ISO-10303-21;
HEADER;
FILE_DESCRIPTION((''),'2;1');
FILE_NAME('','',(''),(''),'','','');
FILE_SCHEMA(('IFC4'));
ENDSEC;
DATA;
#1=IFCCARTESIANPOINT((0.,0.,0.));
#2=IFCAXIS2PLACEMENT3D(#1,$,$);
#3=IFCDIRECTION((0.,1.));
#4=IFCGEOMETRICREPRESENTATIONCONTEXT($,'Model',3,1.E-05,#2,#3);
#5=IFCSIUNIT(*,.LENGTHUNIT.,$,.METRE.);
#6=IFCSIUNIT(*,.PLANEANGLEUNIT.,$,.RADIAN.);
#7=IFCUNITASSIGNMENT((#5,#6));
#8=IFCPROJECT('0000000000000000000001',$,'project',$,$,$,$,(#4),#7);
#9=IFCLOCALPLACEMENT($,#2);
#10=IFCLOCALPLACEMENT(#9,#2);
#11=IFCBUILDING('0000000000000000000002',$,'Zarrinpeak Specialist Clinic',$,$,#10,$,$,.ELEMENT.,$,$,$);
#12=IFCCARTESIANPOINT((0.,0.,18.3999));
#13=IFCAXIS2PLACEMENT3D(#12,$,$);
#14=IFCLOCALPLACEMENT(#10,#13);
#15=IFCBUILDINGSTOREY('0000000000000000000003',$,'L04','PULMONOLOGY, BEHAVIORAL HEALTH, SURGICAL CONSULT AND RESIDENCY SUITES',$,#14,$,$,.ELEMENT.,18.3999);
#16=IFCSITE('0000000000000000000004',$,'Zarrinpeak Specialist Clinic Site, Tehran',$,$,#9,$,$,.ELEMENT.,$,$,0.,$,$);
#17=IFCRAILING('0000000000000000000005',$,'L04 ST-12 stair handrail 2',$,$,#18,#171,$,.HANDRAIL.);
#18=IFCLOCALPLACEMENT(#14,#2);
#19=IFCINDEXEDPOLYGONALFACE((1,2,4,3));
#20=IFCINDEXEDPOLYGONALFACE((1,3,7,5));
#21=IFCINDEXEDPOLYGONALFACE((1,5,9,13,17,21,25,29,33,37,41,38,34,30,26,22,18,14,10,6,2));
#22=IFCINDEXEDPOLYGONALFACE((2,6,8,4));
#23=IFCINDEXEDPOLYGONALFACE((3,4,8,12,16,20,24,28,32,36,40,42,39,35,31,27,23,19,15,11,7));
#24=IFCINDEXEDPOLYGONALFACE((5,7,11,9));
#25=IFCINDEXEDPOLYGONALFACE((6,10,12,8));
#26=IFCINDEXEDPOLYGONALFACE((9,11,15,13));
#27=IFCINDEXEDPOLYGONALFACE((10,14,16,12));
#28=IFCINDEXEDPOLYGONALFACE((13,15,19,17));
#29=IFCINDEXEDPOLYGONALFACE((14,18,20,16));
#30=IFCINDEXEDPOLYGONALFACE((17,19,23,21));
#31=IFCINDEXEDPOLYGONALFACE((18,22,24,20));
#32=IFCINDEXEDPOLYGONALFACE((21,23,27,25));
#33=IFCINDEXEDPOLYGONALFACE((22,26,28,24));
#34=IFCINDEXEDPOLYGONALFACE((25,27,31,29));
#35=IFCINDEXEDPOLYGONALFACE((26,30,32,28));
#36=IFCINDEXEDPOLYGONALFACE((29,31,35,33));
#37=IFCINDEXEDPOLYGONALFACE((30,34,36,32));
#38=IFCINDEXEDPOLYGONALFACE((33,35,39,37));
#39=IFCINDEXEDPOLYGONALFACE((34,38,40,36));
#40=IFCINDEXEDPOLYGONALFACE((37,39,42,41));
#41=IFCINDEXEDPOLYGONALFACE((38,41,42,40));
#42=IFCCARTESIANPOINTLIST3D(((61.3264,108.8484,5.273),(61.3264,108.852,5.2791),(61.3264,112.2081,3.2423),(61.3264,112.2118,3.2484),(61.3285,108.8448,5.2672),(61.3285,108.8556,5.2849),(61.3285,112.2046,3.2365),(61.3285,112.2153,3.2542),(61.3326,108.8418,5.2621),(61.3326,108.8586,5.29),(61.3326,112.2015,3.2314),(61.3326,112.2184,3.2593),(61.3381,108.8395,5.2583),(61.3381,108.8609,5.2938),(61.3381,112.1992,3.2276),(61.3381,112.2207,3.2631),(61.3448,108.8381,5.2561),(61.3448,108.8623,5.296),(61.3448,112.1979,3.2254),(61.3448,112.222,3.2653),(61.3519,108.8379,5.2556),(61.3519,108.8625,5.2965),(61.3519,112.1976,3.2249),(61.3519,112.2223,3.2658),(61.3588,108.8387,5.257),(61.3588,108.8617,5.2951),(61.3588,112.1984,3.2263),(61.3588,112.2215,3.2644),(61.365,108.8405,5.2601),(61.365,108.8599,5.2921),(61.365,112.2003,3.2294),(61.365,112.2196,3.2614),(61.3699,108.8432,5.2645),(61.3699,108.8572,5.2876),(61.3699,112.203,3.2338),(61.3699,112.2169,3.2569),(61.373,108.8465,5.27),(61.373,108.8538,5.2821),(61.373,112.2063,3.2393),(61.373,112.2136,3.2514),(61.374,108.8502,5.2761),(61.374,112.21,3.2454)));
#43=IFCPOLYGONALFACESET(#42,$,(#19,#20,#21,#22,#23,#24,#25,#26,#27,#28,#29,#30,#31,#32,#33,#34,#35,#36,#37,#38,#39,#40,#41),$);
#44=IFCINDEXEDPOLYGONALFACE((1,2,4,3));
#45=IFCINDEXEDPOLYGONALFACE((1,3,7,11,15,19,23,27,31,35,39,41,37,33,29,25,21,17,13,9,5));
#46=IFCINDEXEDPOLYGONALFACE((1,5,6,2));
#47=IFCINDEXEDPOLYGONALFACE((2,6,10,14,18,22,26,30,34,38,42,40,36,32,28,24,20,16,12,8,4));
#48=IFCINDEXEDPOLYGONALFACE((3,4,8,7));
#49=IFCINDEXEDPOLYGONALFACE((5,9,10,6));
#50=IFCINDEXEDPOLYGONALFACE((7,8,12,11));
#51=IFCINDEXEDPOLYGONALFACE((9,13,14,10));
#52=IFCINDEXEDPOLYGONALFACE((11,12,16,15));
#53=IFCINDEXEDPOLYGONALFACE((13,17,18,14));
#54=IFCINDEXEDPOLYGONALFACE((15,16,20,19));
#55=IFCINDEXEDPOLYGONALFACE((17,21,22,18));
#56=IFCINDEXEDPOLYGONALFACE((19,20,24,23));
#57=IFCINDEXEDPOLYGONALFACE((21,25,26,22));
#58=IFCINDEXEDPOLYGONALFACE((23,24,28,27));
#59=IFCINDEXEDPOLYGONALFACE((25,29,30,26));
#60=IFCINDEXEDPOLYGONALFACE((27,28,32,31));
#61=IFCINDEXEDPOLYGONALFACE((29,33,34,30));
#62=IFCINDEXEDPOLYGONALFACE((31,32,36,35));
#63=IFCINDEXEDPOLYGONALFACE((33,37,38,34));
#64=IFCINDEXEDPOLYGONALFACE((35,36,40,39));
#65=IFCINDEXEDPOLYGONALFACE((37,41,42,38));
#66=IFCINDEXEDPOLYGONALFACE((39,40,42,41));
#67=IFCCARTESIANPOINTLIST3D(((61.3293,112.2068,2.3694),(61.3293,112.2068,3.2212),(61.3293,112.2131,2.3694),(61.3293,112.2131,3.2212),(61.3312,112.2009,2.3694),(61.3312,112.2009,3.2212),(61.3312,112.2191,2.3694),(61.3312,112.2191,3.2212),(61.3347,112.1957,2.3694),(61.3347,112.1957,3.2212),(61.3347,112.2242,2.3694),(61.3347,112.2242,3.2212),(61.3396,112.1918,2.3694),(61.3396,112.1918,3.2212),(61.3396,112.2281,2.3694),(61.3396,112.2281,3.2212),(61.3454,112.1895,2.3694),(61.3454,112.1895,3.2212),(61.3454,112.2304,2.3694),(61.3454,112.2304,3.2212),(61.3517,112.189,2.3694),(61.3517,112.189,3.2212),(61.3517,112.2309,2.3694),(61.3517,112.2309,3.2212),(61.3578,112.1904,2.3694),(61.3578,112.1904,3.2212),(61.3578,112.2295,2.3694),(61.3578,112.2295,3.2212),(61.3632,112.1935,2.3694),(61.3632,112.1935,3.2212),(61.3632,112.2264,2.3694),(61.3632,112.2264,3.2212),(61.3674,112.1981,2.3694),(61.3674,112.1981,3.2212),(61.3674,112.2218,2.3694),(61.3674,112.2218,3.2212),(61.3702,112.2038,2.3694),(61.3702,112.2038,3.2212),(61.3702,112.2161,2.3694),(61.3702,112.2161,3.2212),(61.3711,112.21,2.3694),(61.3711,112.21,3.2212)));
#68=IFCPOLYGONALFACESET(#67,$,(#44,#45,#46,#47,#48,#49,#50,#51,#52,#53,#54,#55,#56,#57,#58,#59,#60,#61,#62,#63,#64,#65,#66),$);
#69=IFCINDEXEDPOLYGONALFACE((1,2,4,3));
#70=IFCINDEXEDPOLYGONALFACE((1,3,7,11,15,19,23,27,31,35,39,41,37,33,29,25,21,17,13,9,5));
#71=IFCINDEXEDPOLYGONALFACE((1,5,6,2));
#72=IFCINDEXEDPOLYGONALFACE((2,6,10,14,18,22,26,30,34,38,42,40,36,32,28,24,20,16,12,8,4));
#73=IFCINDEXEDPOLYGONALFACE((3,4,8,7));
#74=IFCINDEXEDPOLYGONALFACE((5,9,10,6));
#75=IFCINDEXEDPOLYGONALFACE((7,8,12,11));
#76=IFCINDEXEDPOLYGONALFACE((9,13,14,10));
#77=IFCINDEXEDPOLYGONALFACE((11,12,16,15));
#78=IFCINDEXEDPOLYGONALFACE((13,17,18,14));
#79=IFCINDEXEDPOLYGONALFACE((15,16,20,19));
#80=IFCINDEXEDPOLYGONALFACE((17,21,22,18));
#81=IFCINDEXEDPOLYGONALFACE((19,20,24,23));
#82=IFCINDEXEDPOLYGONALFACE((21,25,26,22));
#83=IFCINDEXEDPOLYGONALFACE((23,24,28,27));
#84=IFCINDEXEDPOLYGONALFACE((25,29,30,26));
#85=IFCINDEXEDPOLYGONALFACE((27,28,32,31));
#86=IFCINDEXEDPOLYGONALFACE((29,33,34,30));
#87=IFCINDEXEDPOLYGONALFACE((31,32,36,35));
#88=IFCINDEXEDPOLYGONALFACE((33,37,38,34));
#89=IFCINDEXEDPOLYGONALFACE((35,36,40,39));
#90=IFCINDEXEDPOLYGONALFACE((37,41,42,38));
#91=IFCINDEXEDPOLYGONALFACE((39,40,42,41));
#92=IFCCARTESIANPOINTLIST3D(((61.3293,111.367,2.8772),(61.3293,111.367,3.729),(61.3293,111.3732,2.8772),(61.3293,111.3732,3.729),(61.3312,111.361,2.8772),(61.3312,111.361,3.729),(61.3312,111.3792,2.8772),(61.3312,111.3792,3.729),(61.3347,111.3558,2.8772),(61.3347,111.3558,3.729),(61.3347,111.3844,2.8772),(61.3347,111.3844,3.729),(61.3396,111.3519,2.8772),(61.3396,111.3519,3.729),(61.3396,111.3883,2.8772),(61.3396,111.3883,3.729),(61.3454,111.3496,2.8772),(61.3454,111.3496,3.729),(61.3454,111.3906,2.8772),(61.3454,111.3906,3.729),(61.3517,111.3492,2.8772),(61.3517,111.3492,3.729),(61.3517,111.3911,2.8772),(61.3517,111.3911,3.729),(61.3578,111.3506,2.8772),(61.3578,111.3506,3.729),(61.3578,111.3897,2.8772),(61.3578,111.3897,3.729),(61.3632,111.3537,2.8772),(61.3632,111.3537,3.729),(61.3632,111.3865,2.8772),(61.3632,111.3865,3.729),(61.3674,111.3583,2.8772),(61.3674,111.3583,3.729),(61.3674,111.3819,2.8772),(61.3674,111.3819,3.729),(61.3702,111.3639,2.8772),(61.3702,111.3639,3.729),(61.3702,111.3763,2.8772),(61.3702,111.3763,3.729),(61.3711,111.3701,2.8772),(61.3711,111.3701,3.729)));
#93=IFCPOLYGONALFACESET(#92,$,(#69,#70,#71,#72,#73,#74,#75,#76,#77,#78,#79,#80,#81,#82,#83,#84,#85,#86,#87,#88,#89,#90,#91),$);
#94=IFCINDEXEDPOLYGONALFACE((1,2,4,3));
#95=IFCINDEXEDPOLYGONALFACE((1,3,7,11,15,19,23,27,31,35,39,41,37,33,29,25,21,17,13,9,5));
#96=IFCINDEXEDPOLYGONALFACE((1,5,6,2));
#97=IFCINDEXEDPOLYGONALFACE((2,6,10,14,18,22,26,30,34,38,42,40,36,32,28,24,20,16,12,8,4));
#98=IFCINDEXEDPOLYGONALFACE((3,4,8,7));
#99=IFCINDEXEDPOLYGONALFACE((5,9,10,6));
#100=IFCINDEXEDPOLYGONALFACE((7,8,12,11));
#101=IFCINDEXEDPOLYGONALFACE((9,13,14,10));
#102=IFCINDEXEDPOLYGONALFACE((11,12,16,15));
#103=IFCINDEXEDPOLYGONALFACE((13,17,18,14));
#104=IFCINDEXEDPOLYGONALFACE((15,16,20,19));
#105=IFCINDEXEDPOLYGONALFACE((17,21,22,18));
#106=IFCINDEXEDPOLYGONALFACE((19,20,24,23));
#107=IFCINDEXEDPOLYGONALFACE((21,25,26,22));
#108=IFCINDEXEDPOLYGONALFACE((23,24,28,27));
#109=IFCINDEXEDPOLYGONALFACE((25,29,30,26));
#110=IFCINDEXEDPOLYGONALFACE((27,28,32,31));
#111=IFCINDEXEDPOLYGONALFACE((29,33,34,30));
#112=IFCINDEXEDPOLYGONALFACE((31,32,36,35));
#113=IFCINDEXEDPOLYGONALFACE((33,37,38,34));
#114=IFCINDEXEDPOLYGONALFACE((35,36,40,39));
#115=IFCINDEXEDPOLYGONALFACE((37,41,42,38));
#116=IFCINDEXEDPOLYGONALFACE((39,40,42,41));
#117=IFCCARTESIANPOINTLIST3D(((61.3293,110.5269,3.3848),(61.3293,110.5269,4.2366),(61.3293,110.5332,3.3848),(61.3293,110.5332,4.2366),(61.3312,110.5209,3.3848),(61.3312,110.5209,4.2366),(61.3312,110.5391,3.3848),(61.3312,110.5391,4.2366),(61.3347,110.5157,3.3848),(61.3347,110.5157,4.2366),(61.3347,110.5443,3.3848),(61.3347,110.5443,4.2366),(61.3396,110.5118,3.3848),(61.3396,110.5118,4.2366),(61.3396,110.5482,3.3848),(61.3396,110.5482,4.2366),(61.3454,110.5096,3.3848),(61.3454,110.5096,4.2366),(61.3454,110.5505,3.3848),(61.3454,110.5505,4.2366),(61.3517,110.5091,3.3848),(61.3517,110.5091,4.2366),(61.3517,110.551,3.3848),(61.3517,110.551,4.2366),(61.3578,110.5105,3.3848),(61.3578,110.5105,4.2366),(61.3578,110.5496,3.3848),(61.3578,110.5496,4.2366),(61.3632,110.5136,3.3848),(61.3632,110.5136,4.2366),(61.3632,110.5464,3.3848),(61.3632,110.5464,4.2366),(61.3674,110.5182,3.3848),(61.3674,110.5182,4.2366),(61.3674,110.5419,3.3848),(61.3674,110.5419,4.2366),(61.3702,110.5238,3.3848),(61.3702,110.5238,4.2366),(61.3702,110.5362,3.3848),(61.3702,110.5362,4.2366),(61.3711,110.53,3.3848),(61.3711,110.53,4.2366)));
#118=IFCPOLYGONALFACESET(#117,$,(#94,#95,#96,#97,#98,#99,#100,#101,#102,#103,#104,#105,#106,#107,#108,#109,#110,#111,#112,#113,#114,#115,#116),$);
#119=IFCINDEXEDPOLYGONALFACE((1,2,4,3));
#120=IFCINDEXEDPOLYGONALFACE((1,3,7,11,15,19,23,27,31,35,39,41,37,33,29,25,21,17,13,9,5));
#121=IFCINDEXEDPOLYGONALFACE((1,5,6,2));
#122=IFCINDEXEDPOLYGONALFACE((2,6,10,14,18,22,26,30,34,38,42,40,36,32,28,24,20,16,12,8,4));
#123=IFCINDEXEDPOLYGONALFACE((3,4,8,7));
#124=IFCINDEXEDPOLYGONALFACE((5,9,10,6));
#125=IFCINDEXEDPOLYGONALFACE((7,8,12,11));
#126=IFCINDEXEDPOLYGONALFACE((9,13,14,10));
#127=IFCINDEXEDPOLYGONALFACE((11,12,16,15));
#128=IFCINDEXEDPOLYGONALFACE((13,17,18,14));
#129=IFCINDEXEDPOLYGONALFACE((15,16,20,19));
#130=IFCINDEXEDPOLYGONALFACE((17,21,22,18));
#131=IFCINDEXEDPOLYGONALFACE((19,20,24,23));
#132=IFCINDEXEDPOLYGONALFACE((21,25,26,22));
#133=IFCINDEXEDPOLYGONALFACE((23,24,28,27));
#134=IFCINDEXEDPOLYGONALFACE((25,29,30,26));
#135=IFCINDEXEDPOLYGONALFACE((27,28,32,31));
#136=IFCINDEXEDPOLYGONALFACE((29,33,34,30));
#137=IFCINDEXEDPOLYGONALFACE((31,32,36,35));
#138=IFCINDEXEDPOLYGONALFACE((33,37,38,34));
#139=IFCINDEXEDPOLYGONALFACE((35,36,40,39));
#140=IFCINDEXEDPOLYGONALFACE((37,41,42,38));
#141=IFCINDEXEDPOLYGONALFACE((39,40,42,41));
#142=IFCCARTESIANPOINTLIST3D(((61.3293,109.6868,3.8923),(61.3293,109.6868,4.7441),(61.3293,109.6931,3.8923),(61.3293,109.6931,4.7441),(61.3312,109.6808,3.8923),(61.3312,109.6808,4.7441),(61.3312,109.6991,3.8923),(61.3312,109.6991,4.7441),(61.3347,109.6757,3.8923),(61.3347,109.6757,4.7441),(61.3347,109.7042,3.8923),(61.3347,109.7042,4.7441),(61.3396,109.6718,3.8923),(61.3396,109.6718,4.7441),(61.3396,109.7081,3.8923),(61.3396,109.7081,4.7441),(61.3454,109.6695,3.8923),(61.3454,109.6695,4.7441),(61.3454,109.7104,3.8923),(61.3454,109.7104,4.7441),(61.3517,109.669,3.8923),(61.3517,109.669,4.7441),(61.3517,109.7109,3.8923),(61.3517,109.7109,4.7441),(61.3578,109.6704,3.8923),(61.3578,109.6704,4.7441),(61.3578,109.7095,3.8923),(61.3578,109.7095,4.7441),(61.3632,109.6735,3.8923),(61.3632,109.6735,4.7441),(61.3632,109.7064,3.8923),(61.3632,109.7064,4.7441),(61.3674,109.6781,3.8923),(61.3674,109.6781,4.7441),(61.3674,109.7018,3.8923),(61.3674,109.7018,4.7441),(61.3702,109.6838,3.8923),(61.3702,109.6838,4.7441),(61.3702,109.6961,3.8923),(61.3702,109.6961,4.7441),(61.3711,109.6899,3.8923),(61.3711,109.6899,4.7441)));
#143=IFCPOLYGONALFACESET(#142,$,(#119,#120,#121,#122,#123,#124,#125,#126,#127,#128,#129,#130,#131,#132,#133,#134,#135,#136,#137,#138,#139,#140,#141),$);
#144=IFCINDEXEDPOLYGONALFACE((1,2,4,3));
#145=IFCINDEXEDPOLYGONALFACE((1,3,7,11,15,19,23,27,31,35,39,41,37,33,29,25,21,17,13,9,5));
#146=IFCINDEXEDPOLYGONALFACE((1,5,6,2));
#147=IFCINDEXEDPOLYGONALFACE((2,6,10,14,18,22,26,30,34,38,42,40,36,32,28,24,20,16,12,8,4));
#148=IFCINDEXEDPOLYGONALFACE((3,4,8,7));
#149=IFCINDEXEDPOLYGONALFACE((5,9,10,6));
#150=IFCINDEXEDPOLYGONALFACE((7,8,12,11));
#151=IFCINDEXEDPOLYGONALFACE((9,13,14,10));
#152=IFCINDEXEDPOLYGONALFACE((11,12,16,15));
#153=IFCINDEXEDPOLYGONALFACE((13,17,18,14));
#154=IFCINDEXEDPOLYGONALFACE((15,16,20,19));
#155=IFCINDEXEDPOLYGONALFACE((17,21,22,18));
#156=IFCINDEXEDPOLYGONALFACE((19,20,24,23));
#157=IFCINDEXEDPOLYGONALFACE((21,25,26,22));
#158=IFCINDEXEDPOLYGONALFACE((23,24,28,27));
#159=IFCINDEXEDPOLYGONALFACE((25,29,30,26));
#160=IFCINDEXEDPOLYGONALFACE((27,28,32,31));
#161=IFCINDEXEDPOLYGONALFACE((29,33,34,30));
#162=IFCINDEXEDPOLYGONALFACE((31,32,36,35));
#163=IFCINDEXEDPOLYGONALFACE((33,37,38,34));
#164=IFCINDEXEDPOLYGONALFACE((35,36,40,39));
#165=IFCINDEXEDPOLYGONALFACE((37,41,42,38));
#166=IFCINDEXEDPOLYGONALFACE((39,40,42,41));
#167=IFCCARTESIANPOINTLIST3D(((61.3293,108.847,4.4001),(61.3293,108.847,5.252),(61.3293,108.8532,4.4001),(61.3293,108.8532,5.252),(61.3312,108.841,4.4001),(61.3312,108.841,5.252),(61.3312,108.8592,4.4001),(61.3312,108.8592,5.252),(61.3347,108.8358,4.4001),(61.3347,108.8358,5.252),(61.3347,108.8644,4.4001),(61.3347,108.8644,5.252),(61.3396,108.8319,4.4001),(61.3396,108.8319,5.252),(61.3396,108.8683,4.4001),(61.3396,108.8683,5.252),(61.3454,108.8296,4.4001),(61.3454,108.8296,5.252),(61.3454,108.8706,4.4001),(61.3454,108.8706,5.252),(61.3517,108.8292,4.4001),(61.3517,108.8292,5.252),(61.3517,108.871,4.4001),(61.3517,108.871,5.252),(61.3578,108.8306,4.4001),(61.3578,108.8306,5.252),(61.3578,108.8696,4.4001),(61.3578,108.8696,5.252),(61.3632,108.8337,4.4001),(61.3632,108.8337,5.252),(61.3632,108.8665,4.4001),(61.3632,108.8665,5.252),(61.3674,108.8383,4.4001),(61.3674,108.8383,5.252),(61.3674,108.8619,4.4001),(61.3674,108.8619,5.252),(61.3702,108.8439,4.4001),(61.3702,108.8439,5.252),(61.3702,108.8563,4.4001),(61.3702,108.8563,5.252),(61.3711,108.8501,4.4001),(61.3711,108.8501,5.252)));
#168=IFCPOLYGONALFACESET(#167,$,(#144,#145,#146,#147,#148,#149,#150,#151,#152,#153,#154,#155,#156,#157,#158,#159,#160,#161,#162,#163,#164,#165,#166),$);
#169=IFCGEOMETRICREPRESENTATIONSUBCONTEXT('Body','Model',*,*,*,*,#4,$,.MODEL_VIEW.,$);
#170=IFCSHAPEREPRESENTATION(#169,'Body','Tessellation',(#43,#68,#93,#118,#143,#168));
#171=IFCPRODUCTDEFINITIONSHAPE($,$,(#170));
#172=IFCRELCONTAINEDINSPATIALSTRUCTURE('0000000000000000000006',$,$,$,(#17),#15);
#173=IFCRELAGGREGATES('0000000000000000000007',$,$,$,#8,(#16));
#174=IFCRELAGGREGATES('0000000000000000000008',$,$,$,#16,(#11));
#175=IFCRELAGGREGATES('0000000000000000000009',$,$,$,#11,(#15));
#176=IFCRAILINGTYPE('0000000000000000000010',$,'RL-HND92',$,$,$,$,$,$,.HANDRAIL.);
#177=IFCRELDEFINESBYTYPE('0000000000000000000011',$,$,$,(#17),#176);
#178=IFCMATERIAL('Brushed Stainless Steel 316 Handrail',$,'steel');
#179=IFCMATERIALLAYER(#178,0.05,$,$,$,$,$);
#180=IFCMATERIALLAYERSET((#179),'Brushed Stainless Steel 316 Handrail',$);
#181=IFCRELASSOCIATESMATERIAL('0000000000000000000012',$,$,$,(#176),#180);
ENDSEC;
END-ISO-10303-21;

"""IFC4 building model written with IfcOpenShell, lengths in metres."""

from ifc_helpers import new_model, si_unit, direction, frame, origin, origin_2d, place, context, subcontext, project, spatial, circle, extrude, material, layer, layer_set, type_object, element, save


model = new_model("IFC4")

# Units and contexts
model_context = context("Model", 3, precision=1e-05, world=origin(), true_north=direction((0.0, 1.0)))
body_context = subcontext(model_context, "Body", "Model", "MODEL_VIEW")
ifc_project = project(units=[si_unit("LENGTHUNIT", "METRE"), si_unit("PLANEANGLEUNIT", "RADIAN")], contexts=[model_context])

# Site, building, storey
site_placement = place(None, origin())
site = spatial("IfcSite", under=ifc_project, at=site_placement, Name="Zarrinpeak Specialist Clinic Site, Tehran", CompositionType="ELEMENT", RefElevation=0.0)
building_placement = place(site_placement, origin())
building = spatial("IfcBuilding", under=site, at=building_placement, Name="Zarrinpeak Specialist Clinic", CompositionType="ELEMENT")
storey_placement = place(building_placement, frame((0.0, 0.0, 18.3999)))
storey = spatial("IfcBuildingStorey", under=building, at=storey_placement, Name="L04", Description="PULMONOLOGY, BEHAVIORAL HEALTH, SURGICAL CONSULT AND RESIDENCY SUITES", CompositionType="ELEMENT", Elevation=18.3999)

# Railing
ifc_material_1 = material(Name="Brushed Stainless Steel 316 Handrail", Category="steel")
ifc_layer_1 = layer(ifc_material_1, 0.05)
ifc_layer_set_1 = layer_set([ifc_layer_1], Name="Brushed Stainless Steel 316 Handrail")
railing_type_1 = type_object("IfcRailingType", Name="RL-HND92", PredefinedType="HANDRAIL", material=ifc_layer_set_1)
railing_1_placement = place(storey_placement, frame((61.3501, 112.21, 2.3694)))
element("IfcRailing", 1, at=railing_1_placement, inside=storey, type_object=railing_type_1, Name="L04 ST-12 stair handrail 2", PredefinedType="HANDRAIL", context=body_context, shape_type="SweptSolid", body=[
    extrude(circle(Radius=0.0239, at=origin_2d()), frame((0.0, 0.0, 0.876), z_axis=(0.0, -0.85582, 0.517273), x_axis=(1.0, 0.0, 0.0)), (0.0, 0.0, 1.0), 3.9258),
    extrude(circle(Radius=0.021, at=origin_2d()), origin(), (0.0, 0.0, 1.0), 0.8518),
    extrude(circle(Radius=0.021, at=origin_2d()), frame((0.0, -0.8398, 0.5078)), (0.0, 0.0, 1.0), 0.8518),
    extrude(circle(Radius=0.021, at=origin_2d()), frame((0.0, -1.6799, 1.0154)), (0.0, 0.0, 1.0), 0.8518),
    extrude(circle(Radius=0.021, at=origin_2d()), frame((0.0, -2.52, 1.5229)), (0.0, 0.0, 1.0), 0.8518),
    extrude(circle(Radius=0.021, at=origin_2d()), frame((0.0, -3.3599, 2.0308)), (0.0, 0.0, 1.0), 0.8518),
])

save(model, "model.ifc")
